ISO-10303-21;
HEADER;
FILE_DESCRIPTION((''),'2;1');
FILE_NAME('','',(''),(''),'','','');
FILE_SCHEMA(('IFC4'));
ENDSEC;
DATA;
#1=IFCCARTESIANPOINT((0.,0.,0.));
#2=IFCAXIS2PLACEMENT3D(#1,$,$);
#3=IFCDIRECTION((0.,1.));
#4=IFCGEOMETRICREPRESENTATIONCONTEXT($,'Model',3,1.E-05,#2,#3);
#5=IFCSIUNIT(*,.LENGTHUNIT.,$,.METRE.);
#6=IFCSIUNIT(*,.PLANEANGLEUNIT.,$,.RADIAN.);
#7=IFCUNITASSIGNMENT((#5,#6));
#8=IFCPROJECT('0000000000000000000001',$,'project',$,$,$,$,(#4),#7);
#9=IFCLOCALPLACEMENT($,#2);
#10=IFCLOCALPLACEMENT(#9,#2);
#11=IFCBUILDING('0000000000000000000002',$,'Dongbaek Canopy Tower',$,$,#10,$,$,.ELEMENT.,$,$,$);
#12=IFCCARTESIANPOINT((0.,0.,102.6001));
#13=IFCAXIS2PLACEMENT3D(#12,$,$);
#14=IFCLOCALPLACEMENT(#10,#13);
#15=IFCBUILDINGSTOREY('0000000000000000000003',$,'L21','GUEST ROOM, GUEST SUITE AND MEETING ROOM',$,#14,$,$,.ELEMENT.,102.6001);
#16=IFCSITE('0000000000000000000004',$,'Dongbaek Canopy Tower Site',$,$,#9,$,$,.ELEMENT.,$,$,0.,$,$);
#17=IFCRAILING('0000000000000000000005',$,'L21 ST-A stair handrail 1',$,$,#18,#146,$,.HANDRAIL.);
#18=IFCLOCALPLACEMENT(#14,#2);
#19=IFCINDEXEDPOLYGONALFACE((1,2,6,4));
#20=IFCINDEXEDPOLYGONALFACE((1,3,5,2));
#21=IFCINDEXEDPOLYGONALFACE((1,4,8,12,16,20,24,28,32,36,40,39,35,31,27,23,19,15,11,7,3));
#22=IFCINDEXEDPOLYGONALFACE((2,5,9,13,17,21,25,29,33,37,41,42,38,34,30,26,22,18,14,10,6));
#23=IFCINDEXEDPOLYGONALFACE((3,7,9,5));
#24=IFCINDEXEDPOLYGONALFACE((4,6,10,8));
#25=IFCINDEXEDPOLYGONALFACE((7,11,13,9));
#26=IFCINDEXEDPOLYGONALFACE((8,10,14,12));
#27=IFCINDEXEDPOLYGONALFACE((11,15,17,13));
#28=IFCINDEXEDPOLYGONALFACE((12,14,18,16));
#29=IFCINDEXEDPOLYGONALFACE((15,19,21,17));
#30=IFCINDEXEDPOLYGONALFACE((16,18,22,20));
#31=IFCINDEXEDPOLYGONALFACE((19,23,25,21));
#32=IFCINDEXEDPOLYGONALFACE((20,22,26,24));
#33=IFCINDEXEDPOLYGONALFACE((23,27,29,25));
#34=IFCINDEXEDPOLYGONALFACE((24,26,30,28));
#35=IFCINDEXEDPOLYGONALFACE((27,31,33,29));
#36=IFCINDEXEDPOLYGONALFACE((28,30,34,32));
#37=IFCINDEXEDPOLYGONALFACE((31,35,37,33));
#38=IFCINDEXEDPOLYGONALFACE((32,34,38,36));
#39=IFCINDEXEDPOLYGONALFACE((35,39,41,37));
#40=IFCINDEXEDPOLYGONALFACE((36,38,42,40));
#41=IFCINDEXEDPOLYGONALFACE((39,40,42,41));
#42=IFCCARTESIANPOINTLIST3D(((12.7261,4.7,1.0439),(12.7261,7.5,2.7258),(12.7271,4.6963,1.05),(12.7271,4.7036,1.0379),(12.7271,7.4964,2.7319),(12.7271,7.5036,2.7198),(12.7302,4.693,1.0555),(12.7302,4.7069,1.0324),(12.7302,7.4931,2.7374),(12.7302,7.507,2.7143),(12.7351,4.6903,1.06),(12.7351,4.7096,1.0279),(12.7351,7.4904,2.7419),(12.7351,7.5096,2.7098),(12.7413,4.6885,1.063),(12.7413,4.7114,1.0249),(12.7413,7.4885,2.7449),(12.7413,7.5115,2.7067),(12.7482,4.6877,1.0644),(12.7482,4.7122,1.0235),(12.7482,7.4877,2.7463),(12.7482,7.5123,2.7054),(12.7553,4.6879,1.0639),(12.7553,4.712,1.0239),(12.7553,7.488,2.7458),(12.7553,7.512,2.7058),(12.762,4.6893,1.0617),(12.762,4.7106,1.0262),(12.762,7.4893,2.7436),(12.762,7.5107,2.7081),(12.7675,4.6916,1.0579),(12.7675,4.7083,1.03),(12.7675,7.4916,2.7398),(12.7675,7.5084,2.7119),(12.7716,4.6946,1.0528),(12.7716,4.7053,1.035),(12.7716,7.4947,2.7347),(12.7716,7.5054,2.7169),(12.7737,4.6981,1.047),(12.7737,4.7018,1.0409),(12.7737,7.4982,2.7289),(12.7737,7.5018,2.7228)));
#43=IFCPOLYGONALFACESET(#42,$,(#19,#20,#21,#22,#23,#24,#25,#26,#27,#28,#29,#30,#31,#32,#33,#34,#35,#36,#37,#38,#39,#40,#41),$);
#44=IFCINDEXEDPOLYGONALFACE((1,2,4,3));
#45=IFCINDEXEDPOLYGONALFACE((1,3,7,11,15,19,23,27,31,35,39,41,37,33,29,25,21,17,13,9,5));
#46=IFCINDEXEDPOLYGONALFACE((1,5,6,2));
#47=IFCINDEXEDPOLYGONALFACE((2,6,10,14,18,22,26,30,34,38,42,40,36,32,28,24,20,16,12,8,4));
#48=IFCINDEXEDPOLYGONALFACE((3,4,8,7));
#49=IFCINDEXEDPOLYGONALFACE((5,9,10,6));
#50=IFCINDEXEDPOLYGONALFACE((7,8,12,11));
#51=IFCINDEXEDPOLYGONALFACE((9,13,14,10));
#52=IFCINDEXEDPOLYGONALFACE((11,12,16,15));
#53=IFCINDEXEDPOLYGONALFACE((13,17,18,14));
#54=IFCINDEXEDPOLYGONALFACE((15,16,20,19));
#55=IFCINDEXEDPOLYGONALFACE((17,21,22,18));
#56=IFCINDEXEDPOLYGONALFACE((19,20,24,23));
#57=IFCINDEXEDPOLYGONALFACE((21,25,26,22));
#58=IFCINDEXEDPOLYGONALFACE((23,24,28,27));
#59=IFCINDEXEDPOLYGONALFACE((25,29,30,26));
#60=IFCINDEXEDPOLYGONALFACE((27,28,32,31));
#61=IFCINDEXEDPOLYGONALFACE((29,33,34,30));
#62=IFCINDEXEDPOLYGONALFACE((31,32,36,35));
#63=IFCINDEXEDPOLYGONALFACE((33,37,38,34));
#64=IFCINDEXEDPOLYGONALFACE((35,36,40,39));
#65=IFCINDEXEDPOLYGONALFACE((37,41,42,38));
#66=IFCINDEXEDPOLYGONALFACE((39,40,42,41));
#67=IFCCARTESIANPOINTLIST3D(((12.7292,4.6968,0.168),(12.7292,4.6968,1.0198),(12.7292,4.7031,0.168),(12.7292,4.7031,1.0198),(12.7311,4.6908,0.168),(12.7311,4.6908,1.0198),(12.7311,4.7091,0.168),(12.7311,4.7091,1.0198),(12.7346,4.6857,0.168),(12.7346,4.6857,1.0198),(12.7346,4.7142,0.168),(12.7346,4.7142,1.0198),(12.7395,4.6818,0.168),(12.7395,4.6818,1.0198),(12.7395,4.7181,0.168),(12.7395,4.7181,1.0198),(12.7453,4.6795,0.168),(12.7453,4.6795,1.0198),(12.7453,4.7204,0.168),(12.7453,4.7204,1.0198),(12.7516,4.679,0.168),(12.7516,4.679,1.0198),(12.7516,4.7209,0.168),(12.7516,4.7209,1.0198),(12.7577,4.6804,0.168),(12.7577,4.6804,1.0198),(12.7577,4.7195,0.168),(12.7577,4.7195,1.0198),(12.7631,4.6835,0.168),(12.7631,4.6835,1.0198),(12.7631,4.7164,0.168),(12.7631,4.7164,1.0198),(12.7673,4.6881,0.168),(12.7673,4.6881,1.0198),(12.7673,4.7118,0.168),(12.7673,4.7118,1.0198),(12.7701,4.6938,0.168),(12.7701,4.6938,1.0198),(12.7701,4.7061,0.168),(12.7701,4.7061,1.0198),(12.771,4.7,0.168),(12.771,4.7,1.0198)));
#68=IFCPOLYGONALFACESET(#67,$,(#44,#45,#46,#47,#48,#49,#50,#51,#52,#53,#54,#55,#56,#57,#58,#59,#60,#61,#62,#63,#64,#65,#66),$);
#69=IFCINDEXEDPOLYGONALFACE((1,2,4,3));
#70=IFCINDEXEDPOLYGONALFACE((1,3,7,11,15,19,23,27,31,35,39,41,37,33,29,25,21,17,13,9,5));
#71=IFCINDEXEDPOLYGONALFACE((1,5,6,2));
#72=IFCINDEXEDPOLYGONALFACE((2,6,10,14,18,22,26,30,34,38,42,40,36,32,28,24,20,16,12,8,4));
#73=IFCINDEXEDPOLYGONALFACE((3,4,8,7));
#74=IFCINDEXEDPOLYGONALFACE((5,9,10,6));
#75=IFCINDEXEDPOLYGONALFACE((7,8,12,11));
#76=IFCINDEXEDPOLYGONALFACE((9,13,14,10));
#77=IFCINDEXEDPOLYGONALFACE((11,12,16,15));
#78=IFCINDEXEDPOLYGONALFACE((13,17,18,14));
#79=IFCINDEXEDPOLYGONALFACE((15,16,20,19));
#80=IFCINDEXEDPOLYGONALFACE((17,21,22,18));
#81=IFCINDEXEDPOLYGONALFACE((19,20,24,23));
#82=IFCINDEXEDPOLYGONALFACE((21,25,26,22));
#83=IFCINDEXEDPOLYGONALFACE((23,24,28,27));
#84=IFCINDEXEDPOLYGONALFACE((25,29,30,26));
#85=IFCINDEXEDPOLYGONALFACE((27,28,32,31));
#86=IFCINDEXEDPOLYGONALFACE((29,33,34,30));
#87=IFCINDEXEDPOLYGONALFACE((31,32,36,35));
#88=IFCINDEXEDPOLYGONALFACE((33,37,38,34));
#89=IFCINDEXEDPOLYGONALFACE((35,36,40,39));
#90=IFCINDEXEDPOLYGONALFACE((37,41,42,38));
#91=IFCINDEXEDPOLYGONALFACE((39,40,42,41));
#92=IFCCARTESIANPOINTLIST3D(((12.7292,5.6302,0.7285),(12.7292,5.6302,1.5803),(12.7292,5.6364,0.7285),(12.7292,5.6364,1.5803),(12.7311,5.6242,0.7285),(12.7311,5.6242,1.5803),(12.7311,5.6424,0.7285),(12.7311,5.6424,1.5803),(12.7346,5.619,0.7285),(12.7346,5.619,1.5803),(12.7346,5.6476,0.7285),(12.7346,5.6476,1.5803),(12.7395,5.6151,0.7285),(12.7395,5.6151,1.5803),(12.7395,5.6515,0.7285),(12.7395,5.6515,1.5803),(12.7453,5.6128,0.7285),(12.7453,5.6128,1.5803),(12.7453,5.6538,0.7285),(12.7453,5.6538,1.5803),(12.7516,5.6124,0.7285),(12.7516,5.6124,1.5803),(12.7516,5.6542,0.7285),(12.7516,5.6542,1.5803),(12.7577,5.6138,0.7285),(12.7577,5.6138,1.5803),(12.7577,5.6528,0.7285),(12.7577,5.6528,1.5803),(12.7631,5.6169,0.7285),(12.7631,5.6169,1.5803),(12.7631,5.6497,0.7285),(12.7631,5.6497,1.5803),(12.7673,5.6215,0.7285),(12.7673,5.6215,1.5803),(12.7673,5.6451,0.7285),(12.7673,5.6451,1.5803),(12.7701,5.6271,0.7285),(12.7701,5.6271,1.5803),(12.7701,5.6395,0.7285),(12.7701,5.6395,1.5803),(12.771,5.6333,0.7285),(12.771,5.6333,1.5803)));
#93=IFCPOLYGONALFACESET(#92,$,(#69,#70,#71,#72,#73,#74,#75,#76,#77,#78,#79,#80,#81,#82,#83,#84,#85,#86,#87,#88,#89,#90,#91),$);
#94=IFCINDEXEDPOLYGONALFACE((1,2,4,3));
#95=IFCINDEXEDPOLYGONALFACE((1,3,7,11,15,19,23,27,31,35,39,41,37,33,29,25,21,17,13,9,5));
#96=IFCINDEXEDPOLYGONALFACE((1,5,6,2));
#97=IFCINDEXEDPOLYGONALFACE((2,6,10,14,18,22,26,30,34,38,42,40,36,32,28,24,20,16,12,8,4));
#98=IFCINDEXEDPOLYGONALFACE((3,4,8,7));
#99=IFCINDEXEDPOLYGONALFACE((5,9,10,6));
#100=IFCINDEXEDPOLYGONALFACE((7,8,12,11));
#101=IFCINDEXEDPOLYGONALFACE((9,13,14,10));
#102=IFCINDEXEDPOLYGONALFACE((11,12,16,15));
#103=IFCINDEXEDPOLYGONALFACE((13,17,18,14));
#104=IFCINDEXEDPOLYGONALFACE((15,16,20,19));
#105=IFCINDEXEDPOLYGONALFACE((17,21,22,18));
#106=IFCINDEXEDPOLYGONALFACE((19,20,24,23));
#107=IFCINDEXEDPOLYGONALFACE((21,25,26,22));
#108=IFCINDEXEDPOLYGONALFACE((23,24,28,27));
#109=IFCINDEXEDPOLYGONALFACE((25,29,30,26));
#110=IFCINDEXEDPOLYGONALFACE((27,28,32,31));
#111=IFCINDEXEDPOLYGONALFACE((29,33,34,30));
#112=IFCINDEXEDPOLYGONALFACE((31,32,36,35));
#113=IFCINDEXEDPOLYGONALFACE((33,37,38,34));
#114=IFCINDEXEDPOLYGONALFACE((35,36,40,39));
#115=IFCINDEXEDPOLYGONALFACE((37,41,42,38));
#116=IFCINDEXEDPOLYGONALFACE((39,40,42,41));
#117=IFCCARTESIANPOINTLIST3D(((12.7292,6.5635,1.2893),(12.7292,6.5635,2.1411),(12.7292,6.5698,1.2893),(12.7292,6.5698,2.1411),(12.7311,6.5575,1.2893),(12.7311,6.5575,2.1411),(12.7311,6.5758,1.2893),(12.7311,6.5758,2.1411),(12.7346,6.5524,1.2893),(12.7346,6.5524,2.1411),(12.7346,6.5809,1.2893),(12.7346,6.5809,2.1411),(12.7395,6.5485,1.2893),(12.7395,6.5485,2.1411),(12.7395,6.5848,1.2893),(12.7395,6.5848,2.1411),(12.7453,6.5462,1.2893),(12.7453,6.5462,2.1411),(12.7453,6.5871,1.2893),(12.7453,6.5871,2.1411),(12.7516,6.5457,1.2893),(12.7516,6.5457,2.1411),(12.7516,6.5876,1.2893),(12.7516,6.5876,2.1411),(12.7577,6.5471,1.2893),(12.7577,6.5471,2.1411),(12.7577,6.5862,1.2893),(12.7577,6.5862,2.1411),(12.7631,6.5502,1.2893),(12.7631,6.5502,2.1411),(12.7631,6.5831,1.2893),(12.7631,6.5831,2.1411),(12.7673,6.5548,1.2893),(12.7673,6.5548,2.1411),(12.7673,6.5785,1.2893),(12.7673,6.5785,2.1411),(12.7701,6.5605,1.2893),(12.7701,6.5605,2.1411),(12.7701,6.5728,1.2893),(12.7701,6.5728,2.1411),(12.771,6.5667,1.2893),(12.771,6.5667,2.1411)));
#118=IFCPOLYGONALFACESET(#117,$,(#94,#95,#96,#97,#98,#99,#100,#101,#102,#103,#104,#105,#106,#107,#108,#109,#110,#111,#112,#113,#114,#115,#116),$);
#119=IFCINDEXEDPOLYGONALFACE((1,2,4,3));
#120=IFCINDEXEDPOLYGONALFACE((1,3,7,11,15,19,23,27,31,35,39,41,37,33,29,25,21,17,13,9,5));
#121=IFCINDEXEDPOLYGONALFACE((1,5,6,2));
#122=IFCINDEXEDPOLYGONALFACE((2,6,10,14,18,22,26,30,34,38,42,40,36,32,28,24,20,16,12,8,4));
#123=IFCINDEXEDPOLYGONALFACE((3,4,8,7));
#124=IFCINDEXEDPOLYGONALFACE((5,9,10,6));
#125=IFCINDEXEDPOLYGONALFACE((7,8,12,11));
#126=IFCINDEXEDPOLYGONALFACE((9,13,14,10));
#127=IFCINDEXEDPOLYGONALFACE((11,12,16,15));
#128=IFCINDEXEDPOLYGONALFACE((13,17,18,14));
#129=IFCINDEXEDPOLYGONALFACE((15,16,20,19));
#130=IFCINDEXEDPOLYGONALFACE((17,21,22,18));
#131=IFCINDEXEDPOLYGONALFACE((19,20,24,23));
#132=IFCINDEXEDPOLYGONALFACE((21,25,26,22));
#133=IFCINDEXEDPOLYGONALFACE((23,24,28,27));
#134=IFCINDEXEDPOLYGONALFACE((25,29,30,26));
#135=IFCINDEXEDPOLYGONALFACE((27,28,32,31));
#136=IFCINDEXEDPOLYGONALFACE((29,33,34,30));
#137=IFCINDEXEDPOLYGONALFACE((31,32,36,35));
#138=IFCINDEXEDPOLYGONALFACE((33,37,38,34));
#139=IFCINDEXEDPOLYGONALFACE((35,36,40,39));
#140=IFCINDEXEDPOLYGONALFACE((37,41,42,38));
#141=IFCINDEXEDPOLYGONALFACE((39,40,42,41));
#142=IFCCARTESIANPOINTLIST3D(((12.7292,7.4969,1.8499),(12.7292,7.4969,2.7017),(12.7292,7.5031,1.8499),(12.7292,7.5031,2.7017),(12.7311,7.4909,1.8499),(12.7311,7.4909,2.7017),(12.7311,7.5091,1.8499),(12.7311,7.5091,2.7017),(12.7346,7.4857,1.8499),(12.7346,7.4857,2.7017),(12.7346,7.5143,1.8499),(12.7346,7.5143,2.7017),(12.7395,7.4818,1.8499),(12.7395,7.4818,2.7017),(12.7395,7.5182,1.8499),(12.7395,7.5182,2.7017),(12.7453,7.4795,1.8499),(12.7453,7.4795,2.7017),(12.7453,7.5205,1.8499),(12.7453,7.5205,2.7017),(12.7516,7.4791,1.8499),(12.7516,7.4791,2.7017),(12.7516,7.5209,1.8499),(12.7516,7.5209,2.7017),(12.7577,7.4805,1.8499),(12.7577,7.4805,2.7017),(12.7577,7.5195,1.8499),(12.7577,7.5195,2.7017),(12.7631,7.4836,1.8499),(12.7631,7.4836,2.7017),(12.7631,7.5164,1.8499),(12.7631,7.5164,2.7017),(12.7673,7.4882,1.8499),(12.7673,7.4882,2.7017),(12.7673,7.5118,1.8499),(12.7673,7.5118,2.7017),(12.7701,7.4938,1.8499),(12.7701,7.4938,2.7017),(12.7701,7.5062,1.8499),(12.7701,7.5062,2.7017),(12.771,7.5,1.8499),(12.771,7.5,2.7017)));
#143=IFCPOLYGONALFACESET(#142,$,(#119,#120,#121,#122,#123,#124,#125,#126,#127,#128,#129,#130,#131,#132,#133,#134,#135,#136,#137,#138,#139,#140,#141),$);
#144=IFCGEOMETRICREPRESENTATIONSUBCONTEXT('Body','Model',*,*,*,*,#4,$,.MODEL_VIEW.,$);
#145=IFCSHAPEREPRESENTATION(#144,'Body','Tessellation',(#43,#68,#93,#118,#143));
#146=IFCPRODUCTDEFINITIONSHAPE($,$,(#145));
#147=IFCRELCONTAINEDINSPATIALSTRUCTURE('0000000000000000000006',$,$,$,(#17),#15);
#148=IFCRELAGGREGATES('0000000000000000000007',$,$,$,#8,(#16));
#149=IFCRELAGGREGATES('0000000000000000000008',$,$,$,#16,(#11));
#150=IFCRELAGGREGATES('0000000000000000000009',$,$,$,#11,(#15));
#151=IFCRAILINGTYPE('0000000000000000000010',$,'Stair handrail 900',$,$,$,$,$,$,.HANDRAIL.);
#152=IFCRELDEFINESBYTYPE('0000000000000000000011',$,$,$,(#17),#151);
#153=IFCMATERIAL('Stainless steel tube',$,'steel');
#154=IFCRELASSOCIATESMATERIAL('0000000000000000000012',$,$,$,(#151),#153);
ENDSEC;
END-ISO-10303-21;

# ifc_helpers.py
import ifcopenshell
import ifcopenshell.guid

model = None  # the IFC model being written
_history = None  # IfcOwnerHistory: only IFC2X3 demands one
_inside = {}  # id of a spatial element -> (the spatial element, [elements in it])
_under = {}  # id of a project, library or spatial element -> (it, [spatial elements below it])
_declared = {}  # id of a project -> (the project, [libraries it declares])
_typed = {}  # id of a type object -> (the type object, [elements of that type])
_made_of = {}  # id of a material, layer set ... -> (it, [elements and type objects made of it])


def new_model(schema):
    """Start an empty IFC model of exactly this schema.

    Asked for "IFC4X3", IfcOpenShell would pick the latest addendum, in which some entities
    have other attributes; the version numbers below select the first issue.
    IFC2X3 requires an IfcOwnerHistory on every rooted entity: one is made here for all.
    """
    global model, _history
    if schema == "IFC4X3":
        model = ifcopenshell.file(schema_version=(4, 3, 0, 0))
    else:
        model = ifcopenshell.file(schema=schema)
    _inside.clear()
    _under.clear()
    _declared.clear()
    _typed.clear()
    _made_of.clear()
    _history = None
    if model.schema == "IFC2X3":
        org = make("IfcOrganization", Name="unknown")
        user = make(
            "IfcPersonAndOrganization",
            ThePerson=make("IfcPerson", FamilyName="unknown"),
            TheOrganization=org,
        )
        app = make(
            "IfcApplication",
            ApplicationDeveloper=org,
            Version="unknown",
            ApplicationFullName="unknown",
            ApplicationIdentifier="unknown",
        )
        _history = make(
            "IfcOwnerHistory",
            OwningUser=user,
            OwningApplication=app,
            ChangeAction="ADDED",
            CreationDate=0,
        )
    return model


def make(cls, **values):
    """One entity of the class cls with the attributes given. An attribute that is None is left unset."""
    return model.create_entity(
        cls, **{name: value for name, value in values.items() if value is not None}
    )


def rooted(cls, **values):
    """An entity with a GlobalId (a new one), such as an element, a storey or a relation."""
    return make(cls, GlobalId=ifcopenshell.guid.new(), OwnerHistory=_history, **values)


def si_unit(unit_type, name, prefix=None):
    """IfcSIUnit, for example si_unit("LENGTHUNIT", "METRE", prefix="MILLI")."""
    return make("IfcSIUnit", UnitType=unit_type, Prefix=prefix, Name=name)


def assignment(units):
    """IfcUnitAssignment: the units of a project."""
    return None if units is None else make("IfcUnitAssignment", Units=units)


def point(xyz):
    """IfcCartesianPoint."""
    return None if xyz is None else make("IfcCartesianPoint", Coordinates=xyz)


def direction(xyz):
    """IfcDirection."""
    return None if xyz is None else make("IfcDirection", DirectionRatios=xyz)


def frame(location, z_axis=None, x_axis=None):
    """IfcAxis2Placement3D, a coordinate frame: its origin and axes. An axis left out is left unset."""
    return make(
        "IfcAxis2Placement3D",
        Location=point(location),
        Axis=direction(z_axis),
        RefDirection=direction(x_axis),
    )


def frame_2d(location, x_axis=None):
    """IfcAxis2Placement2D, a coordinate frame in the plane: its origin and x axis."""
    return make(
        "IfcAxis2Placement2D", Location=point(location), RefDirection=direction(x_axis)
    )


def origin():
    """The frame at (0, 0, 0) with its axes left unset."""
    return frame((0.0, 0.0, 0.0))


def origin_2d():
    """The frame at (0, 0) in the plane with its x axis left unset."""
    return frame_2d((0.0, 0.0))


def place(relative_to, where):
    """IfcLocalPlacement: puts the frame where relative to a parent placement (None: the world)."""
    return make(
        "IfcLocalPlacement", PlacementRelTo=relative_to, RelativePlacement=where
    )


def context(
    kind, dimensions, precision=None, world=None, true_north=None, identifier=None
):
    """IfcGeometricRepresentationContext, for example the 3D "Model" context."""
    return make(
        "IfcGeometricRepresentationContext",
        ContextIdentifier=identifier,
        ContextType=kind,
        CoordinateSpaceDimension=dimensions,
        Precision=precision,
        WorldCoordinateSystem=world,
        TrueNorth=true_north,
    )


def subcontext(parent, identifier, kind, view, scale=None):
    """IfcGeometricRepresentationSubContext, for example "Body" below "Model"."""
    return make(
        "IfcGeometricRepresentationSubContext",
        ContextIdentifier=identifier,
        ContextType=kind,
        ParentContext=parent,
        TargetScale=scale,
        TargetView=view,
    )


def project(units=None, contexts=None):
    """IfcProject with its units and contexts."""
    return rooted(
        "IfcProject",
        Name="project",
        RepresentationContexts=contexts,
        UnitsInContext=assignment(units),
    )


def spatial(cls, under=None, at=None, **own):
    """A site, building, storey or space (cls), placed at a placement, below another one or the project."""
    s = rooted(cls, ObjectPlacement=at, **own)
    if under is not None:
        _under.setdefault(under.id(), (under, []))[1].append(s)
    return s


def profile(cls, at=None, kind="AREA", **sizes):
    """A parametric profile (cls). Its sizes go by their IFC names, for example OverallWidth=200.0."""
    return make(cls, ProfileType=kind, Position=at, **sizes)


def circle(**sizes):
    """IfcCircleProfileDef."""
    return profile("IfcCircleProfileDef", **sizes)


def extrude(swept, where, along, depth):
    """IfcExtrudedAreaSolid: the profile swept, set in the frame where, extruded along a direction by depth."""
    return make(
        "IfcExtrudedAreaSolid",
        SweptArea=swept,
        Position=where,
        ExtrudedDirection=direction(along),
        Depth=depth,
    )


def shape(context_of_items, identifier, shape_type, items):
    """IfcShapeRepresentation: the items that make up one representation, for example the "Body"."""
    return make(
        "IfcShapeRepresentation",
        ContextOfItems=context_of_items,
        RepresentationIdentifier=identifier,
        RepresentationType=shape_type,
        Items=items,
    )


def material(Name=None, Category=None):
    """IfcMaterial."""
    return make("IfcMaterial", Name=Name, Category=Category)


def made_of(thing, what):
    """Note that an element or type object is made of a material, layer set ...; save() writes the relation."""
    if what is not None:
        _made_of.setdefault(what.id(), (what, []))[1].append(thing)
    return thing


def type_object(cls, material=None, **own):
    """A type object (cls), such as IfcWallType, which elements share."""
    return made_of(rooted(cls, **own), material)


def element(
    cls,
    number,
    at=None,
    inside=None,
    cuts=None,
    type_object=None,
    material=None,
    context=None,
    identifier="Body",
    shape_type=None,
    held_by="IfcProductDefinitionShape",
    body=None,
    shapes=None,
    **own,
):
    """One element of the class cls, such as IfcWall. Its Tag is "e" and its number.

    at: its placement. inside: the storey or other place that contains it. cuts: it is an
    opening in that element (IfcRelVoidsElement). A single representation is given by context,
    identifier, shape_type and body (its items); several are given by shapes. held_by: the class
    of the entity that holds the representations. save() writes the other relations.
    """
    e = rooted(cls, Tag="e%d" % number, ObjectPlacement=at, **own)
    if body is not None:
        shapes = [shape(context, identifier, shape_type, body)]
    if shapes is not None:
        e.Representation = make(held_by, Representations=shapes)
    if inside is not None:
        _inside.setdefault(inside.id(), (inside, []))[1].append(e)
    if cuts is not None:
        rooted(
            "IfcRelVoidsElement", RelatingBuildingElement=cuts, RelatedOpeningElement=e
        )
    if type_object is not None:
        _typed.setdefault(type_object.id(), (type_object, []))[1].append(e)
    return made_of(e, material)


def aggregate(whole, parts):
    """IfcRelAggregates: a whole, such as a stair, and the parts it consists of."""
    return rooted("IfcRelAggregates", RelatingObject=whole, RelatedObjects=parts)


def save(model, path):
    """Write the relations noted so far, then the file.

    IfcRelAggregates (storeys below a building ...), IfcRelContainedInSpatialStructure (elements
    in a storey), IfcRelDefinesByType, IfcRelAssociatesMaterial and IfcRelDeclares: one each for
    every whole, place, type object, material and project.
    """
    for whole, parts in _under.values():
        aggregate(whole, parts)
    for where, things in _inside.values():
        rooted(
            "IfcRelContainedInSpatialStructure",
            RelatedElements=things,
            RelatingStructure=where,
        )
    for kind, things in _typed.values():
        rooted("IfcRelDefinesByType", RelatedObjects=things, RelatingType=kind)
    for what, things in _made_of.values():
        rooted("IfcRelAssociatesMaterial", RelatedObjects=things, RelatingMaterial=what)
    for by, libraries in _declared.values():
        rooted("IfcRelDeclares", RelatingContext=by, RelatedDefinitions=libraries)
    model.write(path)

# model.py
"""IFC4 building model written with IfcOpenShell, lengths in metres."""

from ifc_helpers import new_model, si_unit, direction, frame, origin, origin_2d, place, context, subcontext, project, spatial, circle, extrude, material, type_object, element, save


model = new_model("IFC4")

# Units and contexts
model_context = context("Model", 3, precision=1e-05, world=origin(), true_north=direction((0.0, 1.0)))
body_context = subcontext(model_context, "Body", "Model", "MODEL_VIEW")
ifc_project = project(units=[si_unit("LENGTHUNIT", "METRE"), si_unit("PLANEANGLEUNIT", "RADIAN")], contexts=[model_context])

# Site, building, storey
site_placement = place(None, origin())
site = spatial("IfcSite", under=ifc_project, at=site_placement, Name="Dongbaek Canopy Tower Site", CompositionType="ELEMENT", RefElevation=0.0)
building_placement = place(site_placement, origin())
building = spatial("IfcBuilding", under=site, at=building_placement, Name="Dongbaek Canopy Tower", CompositionType="ELEMENT")
storey_placement = place(building_placement, frame((0.0, 0.0, 102.6001)))
storey = spatial("IfcBuildingStorey", under=building, at=storey_placement, Name="L21", Description="GUEST ROOM, GUEST SUITE AND MEETING ROOM", CompositionType="ELEMENT", Elevation=102.6001)

# Railing
ifc_material_1 = material(Name="Stainless steel tube", Category="steel")
railing_type_1 = type_object("IfcRailingType", Name="Stair handrail 900", PredefinedType="HANDRAIL", material=ifc_material_1)
railing_1_placement = place(storey_placement, frame((12.75, 4.7, 0.168)))
element("IfcRailing", 1, at=railing_1_placement, inside=storey, type_object=railing_type_1, Name="L21 ST-A stair handrail 1", PredefinedType="HANDRAIL", context=body_context, shape_type="SweptSolid", body=[
    extrude(circle(Radius=0.0239, at=origin_2d()), frame((0.0, 0.0, 0.876), z_axis=(0.0, 0.857242, 0.514913), x_axis=(-1.0, 0.0, 0.0)), (0.0, 0.0, 1.0), 3.2664),
    extrude(circle(Radius=0.021, at=origin_2d()), origin(), (0.0, 0.0, 1.0), 0.8518),
    extrude(circle(Radius=0.021, at=origin_2d()), frame((0.0, 0.9333, 0.5605)), (0.0, 0.0, 1.0), 0.8518),
    extrude(circle(Radius=0.021, at=origin_2d()), frame((0.0, 1.8667, 1.1213)), (0.0, 0.0, 1.0), 0.8518),
    extrude(circle(Radius=0.021, at=origin_2d()), frame((0.0, 2.8, 1.6819)), (0.0, 0.0, 1.0), 0.8518),
])

save(model, "model.ifc")
